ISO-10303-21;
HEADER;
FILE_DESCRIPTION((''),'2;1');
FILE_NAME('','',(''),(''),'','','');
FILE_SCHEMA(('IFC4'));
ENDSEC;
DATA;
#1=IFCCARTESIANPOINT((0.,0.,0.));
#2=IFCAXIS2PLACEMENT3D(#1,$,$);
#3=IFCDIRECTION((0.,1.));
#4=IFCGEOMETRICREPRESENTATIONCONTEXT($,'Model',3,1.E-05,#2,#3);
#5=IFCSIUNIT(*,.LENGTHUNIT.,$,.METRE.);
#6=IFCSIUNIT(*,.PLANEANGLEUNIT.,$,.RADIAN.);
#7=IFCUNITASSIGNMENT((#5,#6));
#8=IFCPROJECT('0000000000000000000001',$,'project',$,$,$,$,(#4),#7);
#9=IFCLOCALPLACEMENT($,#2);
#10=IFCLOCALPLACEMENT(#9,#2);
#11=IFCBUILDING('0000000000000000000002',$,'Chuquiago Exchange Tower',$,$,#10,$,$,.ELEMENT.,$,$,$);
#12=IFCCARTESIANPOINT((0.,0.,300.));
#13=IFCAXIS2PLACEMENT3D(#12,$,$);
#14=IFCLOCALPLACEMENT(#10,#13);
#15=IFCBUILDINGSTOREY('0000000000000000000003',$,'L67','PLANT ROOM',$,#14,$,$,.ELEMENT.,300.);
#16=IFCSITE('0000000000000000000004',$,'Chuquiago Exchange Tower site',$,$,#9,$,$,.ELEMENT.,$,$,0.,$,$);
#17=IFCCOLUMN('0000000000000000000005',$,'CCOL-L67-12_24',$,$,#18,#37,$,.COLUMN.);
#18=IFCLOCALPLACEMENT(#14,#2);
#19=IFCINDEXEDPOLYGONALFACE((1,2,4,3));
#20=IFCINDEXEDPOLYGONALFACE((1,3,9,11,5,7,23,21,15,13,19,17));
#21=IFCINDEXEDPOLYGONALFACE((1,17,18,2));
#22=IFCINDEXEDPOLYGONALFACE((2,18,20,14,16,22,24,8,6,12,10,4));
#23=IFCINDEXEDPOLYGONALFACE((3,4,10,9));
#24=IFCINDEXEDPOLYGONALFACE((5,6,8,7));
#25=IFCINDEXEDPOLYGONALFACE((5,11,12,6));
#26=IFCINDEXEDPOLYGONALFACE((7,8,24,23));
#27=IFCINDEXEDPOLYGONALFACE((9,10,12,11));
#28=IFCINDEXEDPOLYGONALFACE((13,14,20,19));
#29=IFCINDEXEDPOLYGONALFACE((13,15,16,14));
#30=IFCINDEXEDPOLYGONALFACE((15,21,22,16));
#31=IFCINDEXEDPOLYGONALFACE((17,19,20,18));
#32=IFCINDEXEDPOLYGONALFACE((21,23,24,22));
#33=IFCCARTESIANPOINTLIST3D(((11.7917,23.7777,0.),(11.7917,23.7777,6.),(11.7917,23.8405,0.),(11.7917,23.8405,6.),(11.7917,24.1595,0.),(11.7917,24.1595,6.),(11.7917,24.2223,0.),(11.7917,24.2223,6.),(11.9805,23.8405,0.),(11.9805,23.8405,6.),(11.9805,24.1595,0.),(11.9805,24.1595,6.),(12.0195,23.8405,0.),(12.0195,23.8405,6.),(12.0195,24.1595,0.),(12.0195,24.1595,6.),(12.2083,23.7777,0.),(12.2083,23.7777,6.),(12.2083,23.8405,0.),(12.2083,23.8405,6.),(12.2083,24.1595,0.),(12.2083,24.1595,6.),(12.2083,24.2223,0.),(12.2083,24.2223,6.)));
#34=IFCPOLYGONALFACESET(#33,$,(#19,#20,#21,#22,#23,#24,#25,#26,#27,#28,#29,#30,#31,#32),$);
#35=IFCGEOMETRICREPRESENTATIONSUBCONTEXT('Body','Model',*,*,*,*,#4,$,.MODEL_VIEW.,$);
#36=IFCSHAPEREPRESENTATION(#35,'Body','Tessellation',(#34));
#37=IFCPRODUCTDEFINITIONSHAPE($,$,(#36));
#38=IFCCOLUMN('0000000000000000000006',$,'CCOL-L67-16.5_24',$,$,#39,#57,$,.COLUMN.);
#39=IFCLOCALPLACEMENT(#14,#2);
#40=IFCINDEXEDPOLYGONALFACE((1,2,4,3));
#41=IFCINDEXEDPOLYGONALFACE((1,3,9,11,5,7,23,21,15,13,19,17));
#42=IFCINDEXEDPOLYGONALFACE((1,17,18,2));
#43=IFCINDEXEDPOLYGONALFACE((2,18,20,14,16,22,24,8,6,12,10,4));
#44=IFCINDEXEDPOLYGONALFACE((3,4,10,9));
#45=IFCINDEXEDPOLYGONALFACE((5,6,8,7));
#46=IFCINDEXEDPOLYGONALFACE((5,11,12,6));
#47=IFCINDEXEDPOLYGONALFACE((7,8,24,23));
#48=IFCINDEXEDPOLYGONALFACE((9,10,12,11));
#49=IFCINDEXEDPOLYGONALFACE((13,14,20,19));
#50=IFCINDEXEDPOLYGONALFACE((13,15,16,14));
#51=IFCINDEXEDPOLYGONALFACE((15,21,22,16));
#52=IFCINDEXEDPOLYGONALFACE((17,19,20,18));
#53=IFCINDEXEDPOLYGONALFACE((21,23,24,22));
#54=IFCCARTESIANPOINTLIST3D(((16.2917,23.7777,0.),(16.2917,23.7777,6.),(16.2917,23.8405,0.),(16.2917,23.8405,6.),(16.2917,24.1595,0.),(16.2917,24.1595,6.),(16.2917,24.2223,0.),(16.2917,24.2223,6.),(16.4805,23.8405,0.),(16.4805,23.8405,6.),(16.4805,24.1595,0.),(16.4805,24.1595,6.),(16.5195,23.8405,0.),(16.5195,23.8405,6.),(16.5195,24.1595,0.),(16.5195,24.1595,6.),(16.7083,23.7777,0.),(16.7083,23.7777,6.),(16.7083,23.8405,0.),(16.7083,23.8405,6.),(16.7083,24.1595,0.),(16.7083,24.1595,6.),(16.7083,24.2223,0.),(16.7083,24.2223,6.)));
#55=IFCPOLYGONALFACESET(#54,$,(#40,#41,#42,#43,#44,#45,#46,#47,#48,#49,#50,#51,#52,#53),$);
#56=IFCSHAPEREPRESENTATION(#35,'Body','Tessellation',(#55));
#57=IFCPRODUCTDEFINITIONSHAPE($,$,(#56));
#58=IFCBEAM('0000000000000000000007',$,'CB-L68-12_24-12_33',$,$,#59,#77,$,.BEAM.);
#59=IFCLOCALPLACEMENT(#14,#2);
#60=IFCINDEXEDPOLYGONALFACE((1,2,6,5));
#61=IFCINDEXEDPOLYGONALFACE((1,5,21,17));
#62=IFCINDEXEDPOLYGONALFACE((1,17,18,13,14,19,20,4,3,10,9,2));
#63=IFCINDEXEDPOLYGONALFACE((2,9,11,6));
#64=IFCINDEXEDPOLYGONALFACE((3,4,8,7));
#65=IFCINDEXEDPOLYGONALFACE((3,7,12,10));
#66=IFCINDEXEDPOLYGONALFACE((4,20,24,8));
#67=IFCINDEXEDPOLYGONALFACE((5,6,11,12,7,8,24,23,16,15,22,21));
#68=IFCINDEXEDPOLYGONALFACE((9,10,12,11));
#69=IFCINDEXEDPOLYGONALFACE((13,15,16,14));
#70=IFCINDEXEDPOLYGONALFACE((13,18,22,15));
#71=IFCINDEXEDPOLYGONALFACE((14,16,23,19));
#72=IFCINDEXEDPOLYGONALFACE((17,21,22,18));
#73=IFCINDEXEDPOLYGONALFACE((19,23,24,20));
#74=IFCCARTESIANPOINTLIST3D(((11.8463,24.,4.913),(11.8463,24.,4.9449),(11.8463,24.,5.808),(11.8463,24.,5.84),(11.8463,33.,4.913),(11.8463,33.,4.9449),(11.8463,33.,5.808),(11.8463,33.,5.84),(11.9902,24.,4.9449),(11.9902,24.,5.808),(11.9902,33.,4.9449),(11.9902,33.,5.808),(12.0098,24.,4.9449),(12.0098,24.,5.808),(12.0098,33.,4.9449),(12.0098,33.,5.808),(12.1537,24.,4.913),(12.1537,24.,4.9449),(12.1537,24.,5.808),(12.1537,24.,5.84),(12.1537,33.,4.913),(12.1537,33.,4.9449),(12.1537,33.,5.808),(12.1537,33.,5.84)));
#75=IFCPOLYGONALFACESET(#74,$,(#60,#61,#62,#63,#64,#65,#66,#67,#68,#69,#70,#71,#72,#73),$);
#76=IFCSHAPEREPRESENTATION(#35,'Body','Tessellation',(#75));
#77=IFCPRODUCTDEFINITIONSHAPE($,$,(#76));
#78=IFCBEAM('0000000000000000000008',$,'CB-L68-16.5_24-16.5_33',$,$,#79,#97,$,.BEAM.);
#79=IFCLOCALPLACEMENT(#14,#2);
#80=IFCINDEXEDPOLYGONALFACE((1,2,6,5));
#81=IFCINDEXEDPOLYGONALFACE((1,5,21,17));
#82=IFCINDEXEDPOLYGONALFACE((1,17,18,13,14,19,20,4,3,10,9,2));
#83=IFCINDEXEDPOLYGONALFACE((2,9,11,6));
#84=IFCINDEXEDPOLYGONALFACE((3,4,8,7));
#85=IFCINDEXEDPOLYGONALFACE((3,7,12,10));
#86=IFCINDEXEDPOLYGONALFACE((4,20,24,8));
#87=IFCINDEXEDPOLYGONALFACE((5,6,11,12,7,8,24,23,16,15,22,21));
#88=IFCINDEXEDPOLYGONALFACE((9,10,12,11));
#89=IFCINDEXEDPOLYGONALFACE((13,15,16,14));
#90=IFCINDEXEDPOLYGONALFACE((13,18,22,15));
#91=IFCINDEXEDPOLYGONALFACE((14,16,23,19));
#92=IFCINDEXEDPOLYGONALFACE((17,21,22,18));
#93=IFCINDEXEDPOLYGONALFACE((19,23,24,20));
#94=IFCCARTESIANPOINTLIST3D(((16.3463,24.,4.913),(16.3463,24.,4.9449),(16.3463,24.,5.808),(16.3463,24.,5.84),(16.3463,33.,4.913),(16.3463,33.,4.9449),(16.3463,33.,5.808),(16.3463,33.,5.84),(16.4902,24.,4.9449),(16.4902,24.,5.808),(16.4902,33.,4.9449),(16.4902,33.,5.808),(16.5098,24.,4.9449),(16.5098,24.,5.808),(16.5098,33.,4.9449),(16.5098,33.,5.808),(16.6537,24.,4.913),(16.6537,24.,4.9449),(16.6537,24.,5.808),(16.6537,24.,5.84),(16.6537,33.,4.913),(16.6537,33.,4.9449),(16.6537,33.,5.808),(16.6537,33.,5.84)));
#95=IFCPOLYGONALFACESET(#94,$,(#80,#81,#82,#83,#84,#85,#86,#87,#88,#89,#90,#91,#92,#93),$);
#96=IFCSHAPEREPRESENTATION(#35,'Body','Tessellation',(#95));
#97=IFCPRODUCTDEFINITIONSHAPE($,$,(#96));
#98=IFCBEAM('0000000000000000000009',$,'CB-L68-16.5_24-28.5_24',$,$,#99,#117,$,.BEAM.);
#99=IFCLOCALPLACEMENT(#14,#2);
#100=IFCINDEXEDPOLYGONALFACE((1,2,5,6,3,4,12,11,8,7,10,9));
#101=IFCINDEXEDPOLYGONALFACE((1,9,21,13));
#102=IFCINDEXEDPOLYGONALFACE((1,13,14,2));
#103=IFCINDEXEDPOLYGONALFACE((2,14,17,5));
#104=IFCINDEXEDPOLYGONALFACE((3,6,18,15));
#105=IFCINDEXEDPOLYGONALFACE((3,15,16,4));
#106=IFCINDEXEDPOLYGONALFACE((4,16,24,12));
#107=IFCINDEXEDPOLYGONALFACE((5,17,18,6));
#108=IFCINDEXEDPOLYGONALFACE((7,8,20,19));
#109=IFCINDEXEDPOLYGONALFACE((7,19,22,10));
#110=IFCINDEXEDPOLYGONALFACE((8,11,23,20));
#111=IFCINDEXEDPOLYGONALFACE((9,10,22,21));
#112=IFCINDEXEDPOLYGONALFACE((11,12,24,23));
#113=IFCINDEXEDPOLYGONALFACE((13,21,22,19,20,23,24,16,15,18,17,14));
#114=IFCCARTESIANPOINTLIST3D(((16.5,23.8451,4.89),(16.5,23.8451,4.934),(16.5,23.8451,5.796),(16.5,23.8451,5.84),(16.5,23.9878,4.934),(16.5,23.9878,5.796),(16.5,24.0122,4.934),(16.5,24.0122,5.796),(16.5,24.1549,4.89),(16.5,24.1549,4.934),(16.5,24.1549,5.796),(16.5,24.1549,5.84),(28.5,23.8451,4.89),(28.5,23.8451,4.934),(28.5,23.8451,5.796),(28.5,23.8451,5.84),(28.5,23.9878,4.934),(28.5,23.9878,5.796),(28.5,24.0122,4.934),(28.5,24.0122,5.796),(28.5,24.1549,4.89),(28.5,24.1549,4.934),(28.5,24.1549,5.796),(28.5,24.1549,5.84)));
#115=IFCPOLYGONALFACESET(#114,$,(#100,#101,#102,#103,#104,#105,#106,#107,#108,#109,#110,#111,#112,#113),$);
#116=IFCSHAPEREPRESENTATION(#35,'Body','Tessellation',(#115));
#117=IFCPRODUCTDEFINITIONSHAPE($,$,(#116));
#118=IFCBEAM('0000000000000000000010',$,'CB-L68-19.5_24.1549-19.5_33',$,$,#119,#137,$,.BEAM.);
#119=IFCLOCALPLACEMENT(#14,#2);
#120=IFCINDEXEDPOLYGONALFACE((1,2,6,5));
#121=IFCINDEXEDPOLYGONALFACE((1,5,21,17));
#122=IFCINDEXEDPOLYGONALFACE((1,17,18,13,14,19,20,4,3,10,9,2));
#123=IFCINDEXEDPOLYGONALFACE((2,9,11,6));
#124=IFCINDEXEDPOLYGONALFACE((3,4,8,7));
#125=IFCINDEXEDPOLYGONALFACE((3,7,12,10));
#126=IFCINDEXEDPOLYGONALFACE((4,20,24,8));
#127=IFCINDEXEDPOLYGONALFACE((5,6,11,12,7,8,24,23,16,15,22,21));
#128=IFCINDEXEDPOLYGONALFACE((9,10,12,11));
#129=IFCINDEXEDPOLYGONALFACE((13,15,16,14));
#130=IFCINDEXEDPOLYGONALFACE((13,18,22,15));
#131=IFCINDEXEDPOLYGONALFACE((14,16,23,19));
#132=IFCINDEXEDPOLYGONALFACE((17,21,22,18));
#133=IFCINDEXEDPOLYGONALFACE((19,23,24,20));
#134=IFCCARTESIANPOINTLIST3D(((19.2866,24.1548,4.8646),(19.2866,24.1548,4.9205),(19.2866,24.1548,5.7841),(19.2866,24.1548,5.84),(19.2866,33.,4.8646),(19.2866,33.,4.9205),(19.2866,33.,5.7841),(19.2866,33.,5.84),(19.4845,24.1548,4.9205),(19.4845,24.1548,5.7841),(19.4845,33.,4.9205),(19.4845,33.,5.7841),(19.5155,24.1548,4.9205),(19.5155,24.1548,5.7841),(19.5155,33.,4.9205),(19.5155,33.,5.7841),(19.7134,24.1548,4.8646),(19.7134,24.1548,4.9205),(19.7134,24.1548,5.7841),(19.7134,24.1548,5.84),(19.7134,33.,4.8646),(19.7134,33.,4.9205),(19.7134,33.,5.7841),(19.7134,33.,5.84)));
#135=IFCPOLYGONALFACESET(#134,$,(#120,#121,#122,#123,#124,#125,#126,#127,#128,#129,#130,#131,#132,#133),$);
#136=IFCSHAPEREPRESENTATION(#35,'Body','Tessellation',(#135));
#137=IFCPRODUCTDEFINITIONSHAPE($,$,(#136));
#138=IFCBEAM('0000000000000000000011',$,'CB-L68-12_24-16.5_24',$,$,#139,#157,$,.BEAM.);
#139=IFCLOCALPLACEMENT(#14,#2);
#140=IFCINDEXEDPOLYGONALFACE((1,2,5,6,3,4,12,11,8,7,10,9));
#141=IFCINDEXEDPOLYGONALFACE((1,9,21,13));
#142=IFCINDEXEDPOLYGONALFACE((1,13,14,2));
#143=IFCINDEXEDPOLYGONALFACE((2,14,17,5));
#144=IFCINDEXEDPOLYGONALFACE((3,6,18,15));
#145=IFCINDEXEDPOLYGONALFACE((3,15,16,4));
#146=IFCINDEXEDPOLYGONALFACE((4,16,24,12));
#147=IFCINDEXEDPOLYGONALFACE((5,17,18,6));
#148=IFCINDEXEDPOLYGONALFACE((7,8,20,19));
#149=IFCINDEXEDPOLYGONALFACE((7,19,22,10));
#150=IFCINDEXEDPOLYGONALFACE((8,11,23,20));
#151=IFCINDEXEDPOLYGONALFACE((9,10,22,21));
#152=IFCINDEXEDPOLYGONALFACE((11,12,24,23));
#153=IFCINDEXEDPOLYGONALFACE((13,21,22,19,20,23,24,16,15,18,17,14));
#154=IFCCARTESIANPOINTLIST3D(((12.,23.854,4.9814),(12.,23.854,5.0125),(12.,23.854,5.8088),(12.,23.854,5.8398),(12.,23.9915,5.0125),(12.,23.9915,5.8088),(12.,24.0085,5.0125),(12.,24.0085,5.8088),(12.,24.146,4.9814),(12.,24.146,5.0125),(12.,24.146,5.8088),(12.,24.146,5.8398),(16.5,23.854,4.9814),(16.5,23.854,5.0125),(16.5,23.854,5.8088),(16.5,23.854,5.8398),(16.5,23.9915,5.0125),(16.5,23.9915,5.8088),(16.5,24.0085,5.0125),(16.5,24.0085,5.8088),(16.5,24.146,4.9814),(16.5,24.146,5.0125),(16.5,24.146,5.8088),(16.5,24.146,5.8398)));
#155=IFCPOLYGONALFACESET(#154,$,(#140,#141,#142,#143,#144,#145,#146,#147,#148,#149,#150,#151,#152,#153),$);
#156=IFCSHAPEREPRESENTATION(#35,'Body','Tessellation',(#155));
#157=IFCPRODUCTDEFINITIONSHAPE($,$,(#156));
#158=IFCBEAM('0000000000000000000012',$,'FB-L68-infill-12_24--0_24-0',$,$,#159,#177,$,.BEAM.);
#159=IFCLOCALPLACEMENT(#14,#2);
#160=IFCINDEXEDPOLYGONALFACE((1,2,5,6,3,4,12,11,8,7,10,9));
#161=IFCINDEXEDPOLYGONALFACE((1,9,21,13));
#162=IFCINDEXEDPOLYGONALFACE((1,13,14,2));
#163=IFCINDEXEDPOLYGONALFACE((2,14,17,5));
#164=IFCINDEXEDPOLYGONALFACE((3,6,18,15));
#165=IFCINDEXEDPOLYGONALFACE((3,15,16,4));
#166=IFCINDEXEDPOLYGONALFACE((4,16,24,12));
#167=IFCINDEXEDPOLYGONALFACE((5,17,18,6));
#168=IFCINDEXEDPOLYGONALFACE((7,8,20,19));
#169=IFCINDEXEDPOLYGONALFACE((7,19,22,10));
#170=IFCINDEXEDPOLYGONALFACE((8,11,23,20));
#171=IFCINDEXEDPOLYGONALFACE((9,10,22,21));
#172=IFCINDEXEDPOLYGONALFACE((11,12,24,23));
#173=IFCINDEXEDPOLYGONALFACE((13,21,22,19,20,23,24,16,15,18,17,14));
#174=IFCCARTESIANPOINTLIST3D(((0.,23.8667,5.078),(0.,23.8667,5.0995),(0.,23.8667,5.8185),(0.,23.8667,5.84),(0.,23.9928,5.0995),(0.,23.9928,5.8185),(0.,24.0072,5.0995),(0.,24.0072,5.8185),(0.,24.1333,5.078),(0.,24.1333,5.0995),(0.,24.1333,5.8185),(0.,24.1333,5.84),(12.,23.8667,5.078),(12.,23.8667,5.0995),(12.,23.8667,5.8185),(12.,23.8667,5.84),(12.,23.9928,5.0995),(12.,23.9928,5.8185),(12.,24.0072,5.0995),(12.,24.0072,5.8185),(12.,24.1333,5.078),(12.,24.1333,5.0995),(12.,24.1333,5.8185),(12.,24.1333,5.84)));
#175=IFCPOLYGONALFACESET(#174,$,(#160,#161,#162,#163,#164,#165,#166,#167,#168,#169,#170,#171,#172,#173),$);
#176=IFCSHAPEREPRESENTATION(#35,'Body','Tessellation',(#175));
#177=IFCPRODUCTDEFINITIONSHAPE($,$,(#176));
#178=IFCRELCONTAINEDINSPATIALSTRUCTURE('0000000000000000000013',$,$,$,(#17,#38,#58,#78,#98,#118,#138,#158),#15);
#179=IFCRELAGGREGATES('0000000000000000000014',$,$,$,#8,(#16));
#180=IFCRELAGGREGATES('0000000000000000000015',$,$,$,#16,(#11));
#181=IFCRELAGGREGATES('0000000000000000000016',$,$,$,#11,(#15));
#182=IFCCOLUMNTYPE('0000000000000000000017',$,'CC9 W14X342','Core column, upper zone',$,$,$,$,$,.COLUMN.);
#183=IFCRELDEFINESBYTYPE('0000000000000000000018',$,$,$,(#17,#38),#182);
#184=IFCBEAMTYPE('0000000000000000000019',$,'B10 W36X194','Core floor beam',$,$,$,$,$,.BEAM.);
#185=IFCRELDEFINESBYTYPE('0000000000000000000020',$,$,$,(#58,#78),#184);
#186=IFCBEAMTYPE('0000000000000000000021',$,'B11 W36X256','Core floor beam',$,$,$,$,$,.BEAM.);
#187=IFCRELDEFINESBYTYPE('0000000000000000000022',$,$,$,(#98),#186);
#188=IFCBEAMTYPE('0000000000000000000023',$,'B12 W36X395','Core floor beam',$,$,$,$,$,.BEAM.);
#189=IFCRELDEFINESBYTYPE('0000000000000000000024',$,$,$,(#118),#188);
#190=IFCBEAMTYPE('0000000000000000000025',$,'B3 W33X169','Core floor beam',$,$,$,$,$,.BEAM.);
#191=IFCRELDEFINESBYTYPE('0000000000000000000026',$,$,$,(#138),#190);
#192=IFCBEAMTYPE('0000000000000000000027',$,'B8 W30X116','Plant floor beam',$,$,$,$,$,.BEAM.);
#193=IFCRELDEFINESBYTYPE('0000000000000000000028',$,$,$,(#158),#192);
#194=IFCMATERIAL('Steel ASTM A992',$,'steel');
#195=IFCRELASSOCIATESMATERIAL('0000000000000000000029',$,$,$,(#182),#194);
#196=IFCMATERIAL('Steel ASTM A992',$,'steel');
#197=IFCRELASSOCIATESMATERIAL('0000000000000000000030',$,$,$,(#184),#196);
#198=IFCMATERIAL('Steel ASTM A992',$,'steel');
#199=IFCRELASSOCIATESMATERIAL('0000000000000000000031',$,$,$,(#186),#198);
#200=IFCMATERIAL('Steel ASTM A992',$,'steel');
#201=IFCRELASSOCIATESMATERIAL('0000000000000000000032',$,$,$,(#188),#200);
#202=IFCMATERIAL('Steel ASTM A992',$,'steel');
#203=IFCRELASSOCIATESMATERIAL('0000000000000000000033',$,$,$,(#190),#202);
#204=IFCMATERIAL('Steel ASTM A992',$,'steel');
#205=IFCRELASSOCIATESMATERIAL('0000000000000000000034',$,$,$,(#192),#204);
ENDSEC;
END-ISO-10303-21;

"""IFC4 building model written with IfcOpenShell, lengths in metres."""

from ifc_helpers import new_model, si_unit, direction, frame, origin, origin_2d, place, context, subcontext, project, spatial, i_section, extrude, material, material_profile, profile_set, type_object, element, save


model = new_model("IFC4")

# Units and contexts
model_context = context("Model", 3, precision=1e-05, world=origin(), true_north=direction((0.0, 1.0)))
body_context = subcontext(model_context, "Body", "Model", "MODEL_VIEW")
ifc_project = project(units=[si_unit("LENGTHUNIT", "METRE"), si_unit("PLANEANGLEUNIT", "RADIAN")], contexts=[model_context])

# Site, building, storey
site_placement = place(None, origin())
site = spatial("IfcSite", under=ifc_project, at=site_placement, Name="Chuquiago Exchange Tower site", CompositionType="ELEMENT", RefElevation=0.0)
building_placement = place(site_placement, origin())
building = spatial("IfcBuilding", under=site, at=building_placement, Name="Chuquiago Exchange Tower", CompositionType="ELEMENT")
storey_placement = place(building_placement, frame((0.0, 0.0, 300.0)))
storey = spatial("IfcBuildingStorey", under=building, at=storey_placement, Name="L67", Description="PLANT ROOM", CompositionType="ELEMENT", Elevation=300.0)

# Columns
ifc_material_1 = material(Name="Steel ASTM A992", Category="steel")
ifc_material_profile_1 = material_profile(ifc_material_1, i_section(OverallWidth=0.4165, OverallDepth=0.4446, WebThickness=0.0391, FlangeThickness=0.0627, at=origin_2d()), Name="W14X342")
ifc_profile_set_1 = profile_set([ifc_material_profile_1], Name="Steel ASTM A992")
column_type = type_object("IfcColumnType", Name="CC9 W14X342", Description="Core column, upper zone", PredefinedType="COLUMN", material=ifc_profile_set_1)
for number, where, z_axis, x_axis, name in (
    (1, (12.0, 24.0, 0.0), (0.0, 0.0, 1.0), (1.0, 0.0, 0.0), "CCOL-L67-12_24"),
    (2, (16.5, 24.0, 0.0), (0.0, 0.0, 1.0), (1.0, 0.0, 0.0), "CCOL-L67-16.5_24"),
):
    element("IfcColumn", number, at=place(storey_placement, frame(where, z_axis=z_axis, x_axis=x_axis)), inside=storey, type_object=column_type, Name=name, PredefinedType="COLUMN", context=body_context, shape_type="SweptSolid", body=[
        extrude(i_section(OverallWidth=0.4165, OverallDepth=0.4446, WebThickness=0.0391, FlangeThickness=0.0627, at=origin_2d()), origin(), (0.0, 0.0, 1.0), 6.0),
    ])

# Beams
ifc_material_2 = material(Name="Steel ASTM A992", Category="steel")
ifc_material_profile_2 = material_profile(ifc_material_2, i_section(OverallWidth=0.3074, OverallDepth=0.927, WebThickness=0.0195, FlangeThickness=0.032, at=origin_2d()), Name="W36X194")
ifc_profile_set_2 = profile_set([ifc_material_profile_2], Name="Steel ASTM A992")
beam_type_1 = type_object("IfcBeamType", Name="B10 W36X194", Description="Core floor beam", PredefinedType="BEAM", material=ifc_profile_set_2)
for number, where, z_axis, x_axis, name in (
    (3, (12.0, 24.0, 5.3765), (0.0, 1.0, 0.0), (-1.0, 0.0, 0.0), "CB-L68-12_24-12_33"),
    (4, (16.5, 24.0, 5.3765), (0.0, 1.0, 0.0), (-1.0, 0.0, 0.0), "CB-L68-16.5_24-16.5_33"),
):
    element("IfcBeam", number, at=place(storey_placement, frame(where, z_axis=z_axis, x_axis=x_axis)), inside=storey, type_object=beam_type_1, Name=name, PredefinedType="BEAM", context=body_context, shape_type="SweptSolid", body=[
        extrude(i_section(OverallWidth=0.3074, OverallDepth=0.927, WebThickness=0.0195, FlangeThickness=0.032, at=origin_2d()), origin(), (0.0, 0.0, 1.0), 9.0),
    ])
ifc_material_3 = material(Name="Steel ASTM A992", Category="steel")
ifc_material_profile_3 = material_profile(ifc_material_3, i_section(OverallWidth=0.3098, OverallDepth=0.95, WebThickness=0.0244, FlangeThickness=0.0439, at=origin_2d()), Name="W36X256")
ifc_profile_set_3 = profile_set([ifc_material_profile_3], Name="Steel ASTM A992")
beam_type_2 = type_object("IfcBeamType", Name="B11 W36X256", Description="Core floor beam", PredefinedType="BEAM", material=ifc_profile_set_3)
beam_1_placement = place(storey_placement, frame((16.5, 24.0, 5.365), z_axis=(1.0, 0.0, 0.0), x_axis=(0.0, 1.0, 0.0)))
element("IfcBeam", 5, at=beam_1_placement, inside=storey, type_object=beam_type_2, Name="CB-L68-16.5_24-28.5_24", PredefinedType="BEAM", context=body_context, shape_type="SweptSolid", body=[
    extrude(i_section(OverallWidth=0.3098, OverallDepth=0.95, WebThickness=0.0244, FlangeThickness=0.0439, at=origin_2d()), origin(), (0.0, 0.0, 1.0), 12.0),
])
ifc_material_4 = material(Name="Steel ASTM A992", Category="steel")
ifc_material_profile_4 = material_profile(ifc_material_4, i_section(OverallWidth=0.4268, OverallDepth=0.9753, WebThickness=0.031, FlangeThickness=0.0559, at=origin_2d()), Name="W36X395")
ifc_profile_set_4 = profile_set([ifc_material_profile_4], Name="Steel ASTM A992")
beam_type_3 = type_object("IfcBeamType", Name="B12 W36X395", Description="Core floor beam", PredefinedType="BEAM", material=ifc_profile_set_4)
beam_2_placement = place(storey_placement, frame((19.5, 24.1548, 5.3523), z_axis=(0.0, 1.0, 0.0), x_axis=(-1.0, 0.0, 0.0)))
element("IfcBeam", 6, at=beam_2_placement, inside=storey, type_object=beam_type_3, Name="CB-L68-19.5_24.1549-19.5_33", PredefinedType="BEAM", context=body_context, shape_type="SweptSolid", body=[
    extrude(i_section(OverallWidth=0.4268, OverallDepth=0.9753, WebThickness=0.031, FlangeThickness=0.0559, at=origin_2d()), origin(), (0.0, 0.0, 1.0), 8.8452),
])
ifc_material_5 = material(Name="Steel ASTM A992", Category="steel")
ifc_material_profile_5 = material_profile(ifc_material_5, i_section(OverallWidth=0.292, OverallDepth=0.8584, WebThickness=0.0171, FlangeThickness=0.031, at=origin_2d()), Name="W33X169")
ifc_profile_set_5 = profile_set([ifc_material_profile_5], Name="Steel ASTM A992")
beam_type_4 = type_object("IfcBeamType", Name="B3 W33X169", Description="Core floor beam", PredefinedType="BEAM", material=ifc_profile_set_5)
beam_3_placement = place(storey_placement, frame((12.0, 24.0, 5.4106), z_axis=(1.0, 0.0, 0.0), x_axis=(0.0, 1.0, 0.0)))
element("IfcBeam", 7, at=beam_3_placement, inside=storey, type_object=beam_type_4, Name="CB-L68-12_24-16.5_24", PredefinedType="BEAM", context=body_context, shape_type="SweptSolid", body=[
    extrude(i_section(OverallWidth=0.292, OverallDepth=0.8584, WebThickness=0.0171, FlangeThickness=0.031, at=origin_2d()), origin(), (0.0, 0.0, 1.0), 4.5),
])
ifc_material_6 = material(Name="Steel ASTM A992", Category="steel")
ifc_material_profile_6 = material_profile(ifc_material_6, i_section(OverallWidth=0.2666, OverallDepth=0.762, WebThickness=0.0144, FlangeThickness=0.0215, at=origin_2d()), Name="W30X116")
ifc_profile_set_6 = profile_set([ifc_material_profile_6], Name="Steel ASTM A992")
beam_type_5 = type_object("IfcBeamType", Name="B8 W30X116", Description="Plant floor beam", PredefinedType="BEAM", material=ifc_profile_set_6)
for number, where, z_axis, x_axis, name in (
    (8, (12.0, 24.0, 5.459), (-1.0, 0.0, 0.0), (0.0, -1.0, 0.0), "FB-L68-infill-12_24--0_24-0"),
):
    element("IfcBeam", number, at=place(storey_placement, frame(where, z_axis=z_axis, x_axis=x_axis)), inside=storey, type_object=beam_type_5, Name=name, PredefinedType="BEAM", context=body_context, shape_type="SweptSolid", body=[
        extrude(i_section(OverallWidth=0.2666, OverallDepth=0.762, WebThickness=0.0144, FlangeThickness=0.0215, at=origin_2d()), origin(), (0.0, 0.0, 1.0), 12.0),
    ])

save(model, "model.ifc")
